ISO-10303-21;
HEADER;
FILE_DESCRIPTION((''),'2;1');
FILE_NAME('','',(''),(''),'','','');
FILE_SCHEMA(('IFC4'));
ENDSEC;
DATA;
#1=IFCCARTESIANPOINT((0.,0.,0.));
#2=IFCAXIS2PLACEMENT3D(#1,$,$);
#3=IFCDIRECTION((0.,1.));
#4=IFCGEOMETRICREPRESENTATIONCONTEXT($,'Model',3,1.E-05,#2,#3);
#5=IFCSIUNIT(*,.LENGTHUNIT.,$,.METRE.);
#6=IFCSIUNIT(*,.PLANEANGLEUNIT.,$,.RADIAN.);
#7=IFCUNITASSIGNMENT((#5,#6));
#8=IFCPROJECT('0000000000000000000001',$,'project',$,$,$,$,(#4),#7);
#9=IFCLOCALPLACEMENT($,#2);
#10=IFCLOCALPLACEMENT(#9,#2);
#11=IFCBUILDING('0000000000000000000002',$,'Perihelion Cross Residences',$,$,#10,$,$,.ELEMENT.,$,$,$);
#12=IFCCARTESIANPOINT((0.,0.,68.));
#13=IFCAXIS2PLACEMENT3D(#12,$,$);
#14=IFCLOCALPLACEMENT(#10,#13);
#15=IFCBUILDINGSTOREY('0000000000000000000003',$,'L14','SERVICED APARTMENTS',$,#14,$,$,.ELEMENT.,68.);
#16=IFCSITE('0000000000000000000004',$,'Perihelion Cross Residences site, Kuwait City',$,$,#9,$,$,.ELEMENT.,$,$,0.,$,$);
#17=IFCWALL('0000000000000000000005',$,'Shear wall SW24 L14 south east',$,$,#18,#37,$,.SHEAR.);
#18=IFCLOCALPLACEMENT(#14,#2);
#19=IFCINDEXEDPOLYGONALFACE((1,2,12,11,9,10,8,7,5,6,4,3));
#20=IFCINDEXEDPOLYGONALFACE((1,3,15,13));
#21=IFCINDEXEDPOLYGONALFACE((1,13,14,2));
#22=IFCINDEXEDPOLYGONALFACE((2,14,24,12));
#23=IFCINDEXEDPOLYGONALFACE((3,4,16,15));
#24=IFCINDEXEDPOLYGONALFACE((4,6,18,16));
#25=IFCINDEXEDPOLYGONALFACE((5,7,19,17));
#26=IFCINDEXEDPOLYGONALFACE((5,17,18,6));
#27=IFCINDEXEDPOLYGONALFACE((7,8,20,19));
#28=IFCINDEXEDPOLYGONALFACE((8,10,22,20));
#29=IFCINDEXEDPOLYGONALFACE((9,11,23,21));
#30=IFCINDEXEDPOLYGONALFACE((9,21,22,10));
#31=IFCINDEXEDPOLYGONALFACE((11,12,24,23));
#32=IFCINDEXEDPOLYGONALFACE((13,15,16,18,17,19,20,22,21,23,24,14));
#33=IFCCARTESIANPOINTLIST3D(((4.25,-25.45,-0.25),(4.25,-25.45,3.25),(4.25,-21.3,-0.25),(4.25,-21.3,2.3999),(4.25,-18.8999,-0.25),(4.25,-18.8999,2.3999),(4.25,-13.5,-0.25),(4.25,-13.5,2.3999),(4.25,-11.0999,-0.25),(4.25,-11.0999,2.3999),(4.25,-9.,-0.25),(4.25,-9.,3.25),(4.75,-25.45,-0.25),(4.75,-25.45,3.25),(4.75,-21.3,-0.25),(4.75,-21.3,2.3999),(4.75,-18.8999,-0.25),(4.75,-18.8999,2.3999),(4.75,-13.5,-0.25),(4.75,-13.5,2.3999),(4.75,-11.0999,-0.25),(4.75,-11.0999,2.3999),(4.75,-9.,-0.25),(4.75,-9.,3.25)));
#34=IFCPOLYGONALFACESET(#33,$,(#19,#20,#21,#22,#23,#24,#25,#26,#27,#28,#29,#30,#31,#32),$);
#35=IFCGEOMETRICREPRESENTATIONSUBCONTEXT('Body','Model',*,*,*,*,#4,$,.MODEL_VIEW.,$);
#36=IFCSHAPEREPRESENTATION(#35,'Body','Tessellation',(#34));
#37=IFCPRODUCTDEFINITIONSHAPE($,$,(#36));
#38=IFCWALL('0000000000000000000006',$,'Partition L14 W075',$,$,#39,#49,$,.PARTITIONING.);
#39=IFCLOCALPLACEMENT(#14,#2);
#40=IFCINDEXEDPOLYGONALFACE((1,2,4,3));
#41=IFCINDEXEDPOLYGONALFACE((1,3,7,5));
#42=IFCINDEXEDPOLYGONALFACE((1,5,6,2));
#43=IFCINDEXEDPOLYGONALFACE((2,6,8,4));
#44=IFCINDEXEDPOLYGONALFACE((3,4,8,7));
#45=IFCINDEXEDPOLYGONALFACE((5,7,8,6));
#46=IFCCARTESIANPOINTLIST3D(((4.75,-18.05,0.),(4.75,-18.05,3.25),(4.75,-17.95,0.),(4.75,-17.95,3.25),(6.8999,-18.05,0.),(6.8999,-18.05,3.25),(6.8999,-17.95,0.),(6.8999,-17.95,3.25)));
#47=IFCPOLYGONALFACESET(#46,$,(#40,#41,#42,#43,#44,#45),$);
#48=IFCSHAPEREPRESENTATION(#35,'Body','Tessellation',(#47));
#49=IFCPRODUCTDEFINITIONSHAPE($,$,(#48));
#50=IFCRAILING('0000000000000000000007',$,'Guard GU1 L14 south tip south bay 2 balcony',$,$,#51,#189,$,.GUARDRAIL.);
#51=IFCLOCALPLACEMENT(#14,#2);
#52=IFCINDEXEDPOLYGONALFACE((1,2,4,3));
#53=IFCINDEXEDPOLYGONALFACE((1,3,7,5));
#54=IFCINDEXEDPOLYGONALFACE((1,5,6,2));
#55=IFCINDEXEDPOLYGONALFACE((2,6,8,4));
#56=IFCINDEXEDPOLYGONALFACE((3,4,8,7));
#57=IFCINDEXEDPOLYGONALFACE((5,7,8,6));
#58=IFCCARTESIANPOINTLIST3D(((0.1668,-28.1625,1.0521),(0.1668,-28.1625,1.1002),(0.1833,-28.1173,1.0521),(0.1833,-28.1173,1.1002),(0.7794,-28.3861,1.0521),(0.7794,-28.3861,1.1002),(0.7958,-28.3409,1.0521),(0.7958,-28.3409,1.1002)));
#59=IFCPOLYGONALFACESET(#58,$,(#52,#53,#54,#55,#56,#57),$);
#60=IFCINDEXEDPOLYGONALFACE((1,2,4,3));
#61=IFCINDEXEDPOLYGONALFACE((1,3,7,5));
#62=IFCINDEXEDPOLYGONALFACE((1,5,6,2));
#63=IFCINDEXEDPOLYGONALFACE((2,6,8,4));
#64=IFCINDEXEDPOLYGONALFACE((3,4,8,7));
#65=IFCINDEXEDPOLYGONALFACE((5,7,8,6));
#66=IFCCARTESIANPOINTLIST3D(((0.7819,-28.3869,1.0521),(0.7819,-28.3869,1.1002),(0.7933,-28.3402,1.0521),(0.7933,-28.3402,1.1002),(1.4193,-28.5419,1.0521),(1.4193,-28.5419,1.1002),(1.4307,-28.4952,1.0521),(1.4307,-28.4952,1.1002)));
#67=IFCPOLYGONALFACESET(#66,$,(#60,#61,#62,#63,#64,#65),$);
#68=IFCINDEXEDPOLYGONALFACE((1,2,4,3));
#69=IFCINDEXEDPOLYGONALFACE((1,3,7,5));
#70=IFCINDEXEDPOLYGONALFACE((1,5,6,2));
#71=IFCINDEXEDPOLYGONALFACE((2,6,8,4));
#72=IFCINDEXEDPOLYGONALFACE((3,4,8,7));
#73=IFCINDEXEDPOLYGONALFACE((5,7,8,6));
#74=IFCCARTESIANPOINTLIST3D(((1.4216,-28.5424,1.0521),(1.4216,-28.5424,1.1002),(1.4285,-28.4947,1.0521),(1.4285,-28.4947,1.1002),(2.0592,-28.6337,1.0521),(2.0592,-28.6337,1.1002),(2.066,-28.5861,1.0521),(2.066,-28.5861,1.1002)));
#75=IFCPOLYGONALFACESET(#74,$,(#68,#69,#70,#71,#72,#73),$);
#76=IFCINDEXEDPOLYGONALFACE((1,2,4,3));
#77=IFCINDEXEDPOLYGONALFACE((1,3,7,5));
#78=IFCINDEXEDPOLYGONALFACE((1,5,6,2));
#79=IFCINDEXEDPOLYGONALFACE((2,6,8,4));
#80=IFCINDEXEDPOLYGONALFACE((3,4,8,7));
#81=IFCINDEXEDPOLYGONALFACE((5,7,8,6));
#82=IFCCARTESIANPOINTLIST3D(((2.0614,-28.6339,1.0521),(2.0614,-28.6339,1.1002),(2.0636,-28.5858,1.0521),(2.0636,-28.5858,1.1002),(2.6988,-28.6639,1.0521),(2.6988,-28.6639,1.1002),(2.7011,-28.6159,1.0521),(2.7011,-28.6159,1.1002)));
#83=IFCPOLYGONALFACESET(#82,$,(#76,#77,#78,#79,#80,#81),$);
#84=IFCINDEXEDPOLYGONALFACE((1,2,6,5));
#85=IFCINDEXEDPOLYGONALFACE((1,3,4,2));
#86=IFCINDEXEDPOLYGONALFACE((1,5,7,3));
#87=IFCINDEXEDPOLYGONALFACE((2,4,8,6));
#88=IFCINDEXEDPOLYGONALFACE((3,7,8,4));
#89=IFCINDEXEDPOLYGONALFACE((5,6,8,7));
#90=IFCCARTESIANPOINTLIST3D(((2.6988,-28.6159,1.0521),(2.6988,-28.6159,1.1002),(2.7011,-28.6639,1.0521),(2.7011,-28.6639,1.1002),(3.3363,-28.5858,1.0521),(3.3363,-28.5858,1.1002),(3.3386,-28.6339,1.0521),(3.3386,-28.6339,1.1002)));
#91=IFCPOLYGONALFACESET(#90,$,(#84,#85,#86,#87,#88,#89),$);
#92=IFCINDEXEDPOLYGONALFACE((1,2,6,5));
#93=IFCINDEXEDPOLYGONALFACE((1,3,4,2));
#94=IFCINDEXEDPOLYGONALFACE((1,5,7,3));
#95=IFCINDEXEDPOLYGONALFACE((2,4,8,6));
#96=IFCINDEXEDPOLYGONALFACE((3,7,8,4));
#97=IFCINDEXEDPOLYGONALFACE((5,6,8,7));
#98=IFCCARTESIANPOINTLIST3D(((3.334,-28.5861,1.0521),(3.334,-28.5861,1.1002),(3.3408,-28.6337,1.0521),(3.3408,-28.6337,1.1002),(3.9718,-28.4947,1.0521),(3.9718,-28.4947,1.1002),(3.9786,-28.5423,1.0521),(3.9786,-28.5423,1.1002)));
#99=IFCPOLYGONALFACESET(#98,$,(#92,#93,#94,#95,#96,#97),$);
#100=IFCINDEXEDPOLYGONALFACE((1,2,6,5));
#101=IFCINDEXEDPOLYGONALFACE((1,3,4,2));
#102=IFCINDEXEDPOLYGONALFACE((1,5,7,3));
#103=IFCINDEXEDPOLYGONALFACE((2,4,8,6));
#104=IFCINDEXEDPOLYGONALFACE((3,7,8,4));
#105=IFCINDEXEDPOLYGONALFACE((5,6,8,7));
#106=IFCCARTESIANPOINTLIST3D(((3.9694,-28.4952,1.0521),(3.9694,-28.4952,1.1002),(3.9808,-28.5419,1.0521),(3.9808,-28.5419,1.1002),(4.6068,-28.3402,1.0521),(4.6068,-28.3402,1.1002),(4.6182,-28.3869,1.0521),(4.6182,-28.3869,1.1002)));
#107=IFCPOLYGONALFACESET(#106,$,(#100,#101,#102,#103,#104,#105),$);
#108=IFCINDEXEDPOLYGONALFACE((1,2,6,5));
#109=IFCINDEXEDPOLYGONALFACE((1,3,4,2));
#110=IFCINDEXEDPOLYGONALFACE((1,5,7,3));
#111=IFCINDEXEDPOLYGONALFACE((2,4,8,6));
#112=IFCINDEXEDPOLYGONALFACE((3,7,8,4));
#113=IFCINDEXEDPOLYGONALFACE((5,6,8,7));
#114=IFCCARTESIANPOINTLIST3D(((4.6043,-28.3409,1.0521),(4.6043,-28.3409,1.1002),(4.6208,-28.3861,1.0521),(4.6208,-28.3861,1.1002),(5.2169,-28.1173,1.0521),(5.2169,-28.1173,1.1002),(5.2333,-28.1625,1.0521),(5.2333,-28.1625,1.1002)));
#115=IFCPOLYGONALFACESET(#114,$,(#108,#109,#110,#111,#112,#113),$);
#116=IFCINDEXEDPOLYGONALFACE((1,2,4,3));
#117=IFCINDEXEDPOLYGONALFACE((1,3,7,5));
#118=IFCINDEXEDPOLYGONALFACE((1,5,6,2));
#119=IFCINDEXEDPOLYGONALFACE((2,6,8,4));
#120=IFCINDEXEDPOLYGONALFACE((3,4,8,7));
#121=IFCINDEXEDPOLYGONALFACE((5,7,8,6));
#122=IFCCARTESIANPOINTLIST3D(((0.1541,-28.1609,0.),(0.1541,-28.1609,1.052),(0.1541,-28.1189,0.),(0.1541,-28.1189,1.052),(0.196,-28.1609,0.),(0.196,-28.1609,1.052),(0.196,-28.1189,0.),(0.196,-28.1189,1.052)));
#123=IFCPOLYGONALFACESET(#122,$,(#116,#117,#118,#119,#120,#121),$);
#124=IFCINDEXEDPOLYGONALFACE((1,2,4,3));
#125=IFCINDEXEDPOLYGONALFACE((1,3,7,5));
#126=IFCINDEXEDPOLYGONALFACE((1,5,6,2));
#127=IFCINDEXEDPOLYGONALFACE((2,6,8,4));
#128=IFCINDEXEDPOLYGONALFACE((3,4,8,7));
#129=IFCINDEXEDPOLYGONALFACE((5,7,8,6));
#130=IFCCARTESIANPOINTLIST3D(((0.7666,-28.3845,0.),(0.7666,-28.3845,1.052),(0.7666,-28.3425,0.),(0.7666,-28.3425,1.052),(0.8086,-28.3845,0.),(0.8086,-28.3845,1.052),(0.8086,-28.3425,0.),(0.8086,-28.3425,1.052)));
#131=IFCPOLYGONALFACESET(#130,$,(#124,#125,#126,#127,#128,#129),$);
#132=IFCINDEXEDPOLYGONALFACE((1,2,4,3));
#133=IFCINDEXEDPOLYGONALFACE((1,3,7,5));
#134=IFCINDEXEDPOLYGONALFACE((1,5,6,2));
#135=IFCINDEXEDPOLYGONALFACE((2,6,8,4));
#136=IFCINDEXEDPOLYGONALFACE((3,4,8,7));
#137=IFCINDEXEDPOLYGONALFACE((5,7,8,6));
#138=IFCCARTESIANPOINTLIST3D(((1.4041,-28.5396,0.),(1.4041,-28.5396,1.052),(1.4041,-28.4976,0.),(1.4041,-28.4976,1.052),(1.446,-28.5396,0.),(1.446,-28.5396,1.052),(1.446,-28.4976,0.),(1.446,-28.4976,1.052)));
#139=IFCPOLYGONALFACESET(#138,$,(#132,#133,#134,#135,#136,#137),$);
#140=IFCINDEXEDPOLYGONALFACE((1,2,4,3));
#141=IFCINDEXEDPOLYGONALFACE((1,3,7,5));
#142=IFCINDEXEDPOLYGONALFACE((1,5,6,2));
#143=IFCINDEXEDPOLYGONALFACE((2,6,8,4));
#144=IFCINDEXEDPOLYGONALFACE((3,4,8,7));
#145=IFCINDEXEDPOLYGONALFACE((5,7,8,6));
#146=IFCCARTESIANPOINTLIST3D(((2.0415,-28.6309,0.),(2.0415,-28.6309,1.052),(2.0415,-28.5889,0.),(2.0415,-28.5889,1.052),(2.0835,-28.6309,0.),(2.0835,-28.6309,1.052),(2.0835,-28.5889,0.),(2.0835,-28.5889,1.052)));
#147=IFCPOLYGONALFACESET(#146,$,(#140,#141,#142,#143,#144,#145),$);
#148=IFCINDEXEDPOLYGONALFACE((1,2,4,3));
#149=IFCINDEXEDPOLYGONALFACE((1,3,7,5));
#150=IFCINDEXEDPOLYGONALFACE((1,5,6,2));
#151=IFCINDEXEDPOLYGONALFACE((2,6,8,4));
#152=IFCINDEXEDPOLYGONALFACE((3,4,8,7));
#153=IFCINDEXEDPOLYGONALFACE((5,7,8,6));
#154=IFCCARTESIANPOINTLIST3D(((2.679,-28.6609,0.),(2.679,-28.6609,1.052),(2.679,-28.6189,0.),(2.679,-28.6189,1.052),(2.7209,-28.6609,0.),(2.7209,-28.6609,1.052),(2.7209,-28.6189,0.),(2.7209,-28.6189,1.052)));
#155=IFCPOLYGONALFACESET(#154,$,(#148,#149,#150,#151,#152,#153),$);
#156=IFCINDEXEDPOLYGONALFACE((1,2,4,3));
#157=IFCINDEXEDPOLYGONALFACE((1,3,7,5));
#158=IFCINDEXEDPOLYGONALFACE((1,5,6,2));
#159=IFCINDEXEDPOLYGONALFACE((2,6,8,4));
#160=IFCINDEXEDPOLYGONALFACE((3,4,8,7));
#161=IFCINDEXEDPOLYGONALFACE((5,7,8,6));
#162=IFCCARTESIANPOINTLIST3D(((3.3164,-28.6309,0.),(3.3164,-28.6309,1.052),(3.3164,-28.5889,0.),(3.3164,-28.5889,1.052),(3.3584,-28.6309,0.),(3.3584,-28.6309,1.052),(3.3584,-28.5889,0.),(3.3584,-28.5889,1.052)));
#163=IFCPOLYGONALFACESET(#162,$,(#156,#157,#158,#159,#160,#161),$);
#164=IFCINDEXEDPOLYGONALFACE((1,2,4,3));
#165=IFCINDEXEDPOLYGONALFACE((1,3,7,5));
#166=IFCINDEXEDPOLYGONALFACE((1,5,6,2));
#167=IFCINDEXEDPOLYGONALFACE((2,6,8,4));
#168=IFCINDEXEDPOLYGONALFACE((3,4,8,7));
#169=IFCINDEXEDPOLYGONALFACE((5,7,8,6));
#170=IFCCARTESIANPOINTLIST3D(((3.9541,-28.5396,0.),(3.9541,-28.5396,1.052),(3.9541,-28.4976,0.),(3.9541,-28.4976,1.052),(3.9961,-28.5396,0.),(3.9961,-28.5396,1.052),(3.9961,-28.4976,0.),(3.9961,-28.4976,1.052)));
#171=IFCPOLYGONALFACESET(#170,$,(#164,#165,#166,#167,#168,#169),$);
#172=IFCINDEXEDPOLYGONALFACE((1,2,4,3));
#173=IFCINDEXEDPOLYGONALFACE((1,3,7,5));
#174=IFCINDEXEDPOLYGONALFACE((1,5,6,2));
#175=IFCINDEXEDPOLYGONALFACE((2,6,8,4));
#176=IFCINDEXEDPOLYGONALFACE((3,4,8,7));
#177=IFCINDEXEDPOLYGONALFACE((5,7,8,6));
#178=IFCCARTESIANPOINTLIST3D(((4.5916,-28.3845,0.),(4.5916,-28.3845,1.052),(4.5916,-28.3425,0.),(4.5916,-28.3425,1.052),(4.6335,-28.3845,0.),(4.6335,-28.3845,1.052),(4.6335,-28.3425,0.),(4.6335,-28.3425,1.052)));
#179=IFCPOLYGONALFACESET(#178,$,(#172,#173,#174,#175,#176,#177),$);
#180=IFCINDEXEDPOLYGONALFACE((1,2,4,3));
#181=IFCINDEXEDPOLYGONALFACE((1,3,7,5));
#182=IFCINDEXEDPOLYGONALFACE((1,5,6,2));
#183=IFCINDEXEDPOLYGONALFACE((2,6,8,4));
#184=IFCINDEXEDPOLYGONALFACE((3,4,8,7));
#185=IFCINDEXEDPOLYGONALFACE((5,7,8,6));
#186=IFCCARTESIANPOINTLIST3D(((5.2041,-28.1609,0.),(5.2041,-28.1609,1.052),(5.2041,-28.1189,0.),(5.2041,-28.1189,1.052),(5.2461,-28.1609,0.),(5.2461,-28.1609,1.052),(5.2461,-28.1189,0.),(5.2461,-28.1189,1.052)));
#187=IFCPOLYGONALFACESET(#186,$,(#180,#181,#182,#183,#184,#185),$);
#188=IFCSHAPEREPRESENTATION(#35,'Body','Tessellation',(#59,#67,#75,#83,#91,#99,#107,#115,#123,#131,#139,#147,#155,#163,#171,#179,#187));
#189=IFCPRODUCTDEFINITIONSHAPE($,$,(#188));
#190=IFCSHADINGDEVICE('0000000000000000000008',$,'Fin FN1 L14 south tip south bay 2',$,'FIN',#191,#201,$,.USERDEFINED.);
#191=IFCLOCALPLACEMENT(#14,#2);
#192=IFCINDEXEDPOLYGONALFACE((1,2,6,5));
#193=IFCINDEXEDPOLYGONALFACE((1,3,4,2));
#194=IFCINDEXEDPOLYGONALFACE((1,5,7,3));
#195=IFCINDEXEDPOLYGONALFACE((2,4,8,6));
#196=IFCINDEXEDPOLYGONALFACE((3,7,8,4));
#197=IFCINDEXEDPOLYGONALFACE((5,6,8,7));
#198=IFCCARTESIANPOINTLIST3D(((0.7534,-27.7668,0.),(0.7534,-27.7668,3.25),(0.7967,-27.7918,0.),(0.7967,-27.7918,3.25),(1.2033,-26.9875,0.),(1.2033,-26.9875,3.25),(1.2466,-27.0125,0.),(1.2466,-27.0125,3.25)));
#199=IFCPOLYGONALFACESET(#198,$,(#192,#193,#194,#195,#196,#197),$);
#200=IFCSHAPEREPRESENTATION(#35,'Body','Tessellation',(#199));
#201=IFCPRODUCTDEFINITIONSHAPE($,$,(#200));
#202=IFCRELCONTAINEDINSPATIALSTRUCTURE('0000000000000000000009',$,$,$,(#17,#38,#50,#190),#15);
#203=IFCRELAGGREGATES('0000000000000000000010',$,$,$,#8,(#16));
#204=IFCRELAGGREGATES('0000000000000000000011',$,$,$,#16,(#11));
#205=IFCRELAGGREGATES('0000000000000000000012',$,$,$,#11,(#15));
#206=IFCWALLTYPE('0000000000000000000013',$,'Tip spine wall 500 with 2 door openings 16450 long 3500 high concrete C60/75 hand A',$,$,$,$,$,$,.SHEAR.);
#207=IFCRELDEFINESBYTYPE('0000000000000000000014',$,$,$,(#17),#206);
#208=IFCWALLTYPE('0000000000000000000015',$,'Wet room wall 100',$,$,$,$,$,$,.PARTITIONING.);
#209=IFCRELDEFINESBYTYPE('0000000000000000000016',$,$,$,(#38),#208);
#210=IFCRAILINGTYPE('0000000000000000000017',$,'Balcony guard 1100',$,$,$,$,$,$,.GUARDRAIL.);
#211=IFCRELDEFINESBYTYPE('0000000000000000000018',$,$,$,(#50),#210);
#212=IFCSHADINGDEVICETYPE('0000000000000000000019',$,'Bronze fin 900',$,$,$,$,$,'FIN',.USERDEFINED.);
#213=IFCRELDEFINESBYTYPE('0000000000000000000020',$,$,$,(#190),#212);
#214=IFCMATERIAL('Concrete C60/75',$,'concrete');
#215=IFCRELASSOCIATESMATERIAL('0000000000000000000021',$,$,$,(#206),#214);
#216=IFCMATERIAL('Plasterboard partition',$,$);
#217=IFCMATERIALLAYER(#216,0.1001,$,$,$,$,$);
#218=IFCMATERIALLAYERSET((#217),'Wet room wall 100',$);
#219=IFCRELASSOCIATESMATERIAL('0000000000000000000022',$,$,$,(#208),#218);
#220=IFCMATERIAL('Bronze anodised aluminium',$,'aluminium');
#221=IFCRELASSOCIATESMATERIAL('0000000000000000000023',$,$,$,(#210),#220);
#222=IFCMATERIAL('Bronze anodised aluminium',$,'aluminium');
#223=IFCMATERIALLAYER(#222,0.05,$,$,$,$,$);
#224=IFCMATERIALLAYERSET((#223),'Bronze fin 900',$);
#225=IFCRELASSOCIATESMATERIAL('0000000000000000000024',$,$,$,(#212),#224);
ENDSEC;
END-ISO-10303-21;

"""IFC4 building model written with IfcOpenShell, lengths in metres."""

from ifc_helpers import new_model, si_unit, direction, frame, frame_2d, origin, origin_2d, place, context, subcontext, project, spatial, polyline, rectangle, outline, extrude, material, layer, layer_set, material_profile, profile_set, type_object, element, save


model = new_model("IFC4")

# Units and contexts
model_context = context("Model", 3, precision=1e-05, world=origin(), true_north=direction((0.0, 1.0)))
body_context = subcontext(model_context, "Body", "Model", "MODEL_VIEW")
ifc_project = project(units=[si_unit("LENGTHUNIT", "METRE"), si_unit("PLANEANGLEUNIT", "RADIAN")], contexts=[model_context])

# Site, building, storey
site_placement = place(None, origin())
site = spatial("IfcSite", under=ifc_project, at=site_placement, Name="Perihelion Cross Residences site, Kuwait City", CompositionType="ELEMENT", RefElevation=0.0)
building_placement = place(site_placement, origin())
building = spatial("IfcBuilding", under=site, at=building_placement, Name="Perihelion Cross Residences", CompositionType="ELEMENT")
storey_placement = place(building_placement, frame((0.0, 0.0, 68.0)))
storey = spatial("IfcBuildingStorey", under=building, at=storey_placement, Name="L14", Description="SERVICED APARTMENTS", CompositionType="ELEMENT", Elevation=68.0)

# Walls
ifc_material_1 = material(Name="Concrete C60/75", Category="concrete")
ifc_material_profile_1 = material_profile(ifc_material_1, outline(polyline([(0.0, 0.0), (4.1499, 0.0), (4.1499, 2.6499), (6.55, 2.6499), (6.55, 0.0), (11.95, 0.0), (11.95, 2.6499), (14.3501, 2.6499), (14.3501, 0.0), (16.45, 0.0), (16.45, 3.5), (0.0, 3.5), (0.0, 0.0)])), Name="Tip spine wall")
ifc_profile_set_1 = profile_set([ifc_material_profile_1], Name="Concrete C60/75")
wall_type_1 = type_object("IfcWallType", Name="Tip spine wall 500 with 2 door openings 16450 long 3500 high concrete C60/75 hand A", PredefinedType="SHEAR", material=ifc_profile_set_1)
wall_1_placement = place(storey_placement, frame((4.25, -25.45, -0.25), z_axis=(1.0, 0.0, 0.0), x_axis=(0.0, 1.0, 0.0)))
element("IfcWall", 1, at=wall_1_placement, inside=storey, type_object=wall_type_1, Name="Shear wall SW24 L14 south east", PredefinedType="SHEAR", context=body_context, shape_type="SweptSolid", body=[
    extrude(outline(polyline([(0.0, 0.0), (4.1499, 0.0), (4.1499, 2.6499), (6.55, 2.6499), (6.55, 0.0), (11.95, 0.0), (11.95, 2.6499), (14.3501, 2.6499), (14.3501, 0.0), (16.45, 0.0), (16.45, 3.5), (0.0, 3.5), (0.0, 0.0)])), origin(), (0.0, 0.0, 1.0), 0.5),
])
ifc_material_2 = material(Name="Plasterboard partition")
ifc_layer_1 = layer(ifc_material_2, 0.1001)
ifc_layer_set_1 = layer_set([ifc_layer_1], Name="Wet room wall 100")
wall_type_2 = type_object("IfcWallType", Name="Wet room wall 100", PredefinedType="PARTITIONING", material=ifc_layer_set_1)
wall_2_placement = place(storey_placement, frame((6.8999, -18.0, 0.0), z_axis=(0.0, 0.0, 1.0), x_axis=(-1.0, 0.0, 0.0)))
element("IfcWall", 2, at=wall_2_placement, inside=storey, type_object=wall_type_2, Name="Partition L14 W075", PredefinedType="PARTITIONING", context=body_context, shape_type="SweptSolid", body=[
    extrude(rectangle(XDim=2.1499, YDim=0.1001, at=frame_2d((1.075, 0.0))), origin(), (0.0, 0.0, 1.0), 3.25),
])

# Railing
ifc_material_3 = material(Name="Bronze anodised aluminium", Category="aluminium")
railing_type = type_object("IfcRailingType", Name="Balcony guard 1100", PredefinedType="GUARDRAIL", material=ifc_material_3)
railing_placement = place(storey_placement, frame((0.175, -28.1399, 0.0)))
element("IfcRailing", 3, at=railing_placement, inside=storey, type_object=railing_type, Name="Guard GU1 L14 south tip south bay 2 balcony", PredefinedType="GUARDRAIL", context=body_context, shape_type="SweptSolid", body=[
    extrude(rectangle(XDim=0.0481, YDim=0.0481, at=origin_2d()), frame((0.0, 0.0, 1.0762), z_axis=(0.939355, -0.342945, 0.0), x_axis=(0.342945, 0.939355, 0.0)), (0.0, 0.0, 1.0), 0.6521),
    extrude(rectangle(XDim=0.0481, YDim=0.0481, at=origin_2d()), frame((0.6125, -0.2236, 1.0762), z_axis=(0.971677, -0.236314, 0.0), x_axis=(0.236314, 0.971677, 0.0)), (0.0, 0.0, 1.0), 0.656),
    extrude(rectangle(XDim=0.0481, YDim=0.0481, at=origin_2d()), frame((1.25, -0.3787, 1.0762), z_axis=(0.989896, -0.141793, 0.0), x_axis=(0.141793, 0.989896, 0.0)), (0.0, 0.0, 1.0), 0.644),
    extrude(rectangle(XDim=0.0481, YDim=0.0481, at=origin_2d()), frame((1.8875, -0.47, 1.0762), z_axis=(0.998892, -0.047056, 0.0), x_axis=(0.047056, 0.998892, 0.0)), (0.0, 0.0, 1.0), 0.6382),
    extrude(rectangle(XDim=0.0481, YDim=0.0481, at=origin_2d()), frame((2.5249, -0.5, 1.0762), z_axis=(0.998892, 0.047056, 0.0), x_axis=(-0.047056, 0.998892, 0.0)), (0.0, 0.0, 1.0), 0.6382),
    extrude(rectangle(XDim=0.0481, YDim=0.0481, at=origin_2d()), frame((3.1624, -0.47, 1.0762), z_axis=(0.989904, 0.14174, 0.0), x_axis=(-0.14174, 0.989904, 0.0)), (0.0, 0.0, 1.0), 0.6443),
    extrude(rectangle(XDim=0.0481, YDim=0.0481, at=origin_2d()), frame((3.8, -0.3787, 1.0762), z_axis=(0.971677, 0.236314, 0.0), x_axis=(-0.236314, 0.971677, 0.0)), (0.0, 0.0, 1.0), 0.656),
    extrude(rectangle(XDim=0.0481, YDim=0.0481, at=origin_2d()), frame((4.4375, -0.2236, 1.0762), z_axis=(0.939355, 0.342945, 0.0), x_axis=(-0.342945, 0.939355, 0.0)), (0.0, 0.0, 1.0), 0.6521),
    extrude(rectangle(XDim=0.042, YDim=0.042, at=origin_2d()), origin(), (0.0, 0.0, 1.0), 1.052),
    extrude(rectangle(XDim=0.042, YDim=0.042, at=origin_2d()), frame((0.6125, -0.2236, 0.0)), (0.0, 0.0, 1.0), 1.052),
    extrude(rectangle(XDim=0.042, YDim=0.042, at=origin_2d()), frame((1.25, -0.3787, 0.0)), (0.0, 0.0, 1.0), 1.052),
    extrude(rectangle(XDim=0.042, YDim=0.042, at=origin_2d()), frame((1.8875, -0.47, 0.0)), (0.0, 0.0, 1.0), 1.052),
    extrude(rectangle(XDim=0.042, YDim=0.042, at=origin_2d()), frame((2.5249, -0.5, 0.0)), (0.0, 0.0, 1.0), 1.052),
    extrude(rectangle(XDim=0.042, YDim=0.042, at=origin_2d()), frame((3.1624, -0.47, 0.0)), (0.0, 0.0, 1.0), 1.052),
    extrude(rectangle(XDim=0.042, YDim=0.042, at=origin_2d()), frame((3.8, -0.3787, 0.0)), (0.0, 0.0, 1.0), 1.052),
    extrude(rectangle(XDim=0.042, YDim=0.042, at=origin_2d()), frame((4.4375, -0.2236, 0.0)), (0.0, 0.0, 1.0), 1.052),
    extrude(rectangle(XDim=0.042, YDim=0.042, at=origin_2d()), frame((5.05, 0.0, 0.0)), (0.0, 0.0, 1.0), 1.052),
])

# Shading device
ifc_material_4 = material(Name="Bronze anodised aluminium", Category="aluminium")
ifc_layer_2 = layer(ifc_material_4, 0.05)
ifc_layer_set_2 = layer_set([ifc_layer_2], Name="Bronze fin 900")
shading_device_type = type_object("IfcShadingDeviceType", Name="Bronze fin 900", ElementType="FIN", PredefinedType="USERDEFINED", material=ifc_layer_set_2)
shading_device_placement = place(storey_placement, frame((1.0, -27.3896, 0.0), z_axis=(0.0, 0.0, 1.0), x_axis=(-0.5, -0.866025, 0.0)))
element("IfcShadingDevice", 4, at=shading_device_placement, inside=storey, type_object=shading_device_type, Name="Fin FN1 L14 south tip south bay 2", ObjectType="FIN", PredefinedType="USERDEFINED", context=body_context, shape_type="SweptSolid", body=[
    extrude(rectangle(XDim=0.8999, YDim=0.05, at=origin_2d()), origin(), (0.0, 0.0, 1.0), 3.25),
])

save(model, "model.ifc")
